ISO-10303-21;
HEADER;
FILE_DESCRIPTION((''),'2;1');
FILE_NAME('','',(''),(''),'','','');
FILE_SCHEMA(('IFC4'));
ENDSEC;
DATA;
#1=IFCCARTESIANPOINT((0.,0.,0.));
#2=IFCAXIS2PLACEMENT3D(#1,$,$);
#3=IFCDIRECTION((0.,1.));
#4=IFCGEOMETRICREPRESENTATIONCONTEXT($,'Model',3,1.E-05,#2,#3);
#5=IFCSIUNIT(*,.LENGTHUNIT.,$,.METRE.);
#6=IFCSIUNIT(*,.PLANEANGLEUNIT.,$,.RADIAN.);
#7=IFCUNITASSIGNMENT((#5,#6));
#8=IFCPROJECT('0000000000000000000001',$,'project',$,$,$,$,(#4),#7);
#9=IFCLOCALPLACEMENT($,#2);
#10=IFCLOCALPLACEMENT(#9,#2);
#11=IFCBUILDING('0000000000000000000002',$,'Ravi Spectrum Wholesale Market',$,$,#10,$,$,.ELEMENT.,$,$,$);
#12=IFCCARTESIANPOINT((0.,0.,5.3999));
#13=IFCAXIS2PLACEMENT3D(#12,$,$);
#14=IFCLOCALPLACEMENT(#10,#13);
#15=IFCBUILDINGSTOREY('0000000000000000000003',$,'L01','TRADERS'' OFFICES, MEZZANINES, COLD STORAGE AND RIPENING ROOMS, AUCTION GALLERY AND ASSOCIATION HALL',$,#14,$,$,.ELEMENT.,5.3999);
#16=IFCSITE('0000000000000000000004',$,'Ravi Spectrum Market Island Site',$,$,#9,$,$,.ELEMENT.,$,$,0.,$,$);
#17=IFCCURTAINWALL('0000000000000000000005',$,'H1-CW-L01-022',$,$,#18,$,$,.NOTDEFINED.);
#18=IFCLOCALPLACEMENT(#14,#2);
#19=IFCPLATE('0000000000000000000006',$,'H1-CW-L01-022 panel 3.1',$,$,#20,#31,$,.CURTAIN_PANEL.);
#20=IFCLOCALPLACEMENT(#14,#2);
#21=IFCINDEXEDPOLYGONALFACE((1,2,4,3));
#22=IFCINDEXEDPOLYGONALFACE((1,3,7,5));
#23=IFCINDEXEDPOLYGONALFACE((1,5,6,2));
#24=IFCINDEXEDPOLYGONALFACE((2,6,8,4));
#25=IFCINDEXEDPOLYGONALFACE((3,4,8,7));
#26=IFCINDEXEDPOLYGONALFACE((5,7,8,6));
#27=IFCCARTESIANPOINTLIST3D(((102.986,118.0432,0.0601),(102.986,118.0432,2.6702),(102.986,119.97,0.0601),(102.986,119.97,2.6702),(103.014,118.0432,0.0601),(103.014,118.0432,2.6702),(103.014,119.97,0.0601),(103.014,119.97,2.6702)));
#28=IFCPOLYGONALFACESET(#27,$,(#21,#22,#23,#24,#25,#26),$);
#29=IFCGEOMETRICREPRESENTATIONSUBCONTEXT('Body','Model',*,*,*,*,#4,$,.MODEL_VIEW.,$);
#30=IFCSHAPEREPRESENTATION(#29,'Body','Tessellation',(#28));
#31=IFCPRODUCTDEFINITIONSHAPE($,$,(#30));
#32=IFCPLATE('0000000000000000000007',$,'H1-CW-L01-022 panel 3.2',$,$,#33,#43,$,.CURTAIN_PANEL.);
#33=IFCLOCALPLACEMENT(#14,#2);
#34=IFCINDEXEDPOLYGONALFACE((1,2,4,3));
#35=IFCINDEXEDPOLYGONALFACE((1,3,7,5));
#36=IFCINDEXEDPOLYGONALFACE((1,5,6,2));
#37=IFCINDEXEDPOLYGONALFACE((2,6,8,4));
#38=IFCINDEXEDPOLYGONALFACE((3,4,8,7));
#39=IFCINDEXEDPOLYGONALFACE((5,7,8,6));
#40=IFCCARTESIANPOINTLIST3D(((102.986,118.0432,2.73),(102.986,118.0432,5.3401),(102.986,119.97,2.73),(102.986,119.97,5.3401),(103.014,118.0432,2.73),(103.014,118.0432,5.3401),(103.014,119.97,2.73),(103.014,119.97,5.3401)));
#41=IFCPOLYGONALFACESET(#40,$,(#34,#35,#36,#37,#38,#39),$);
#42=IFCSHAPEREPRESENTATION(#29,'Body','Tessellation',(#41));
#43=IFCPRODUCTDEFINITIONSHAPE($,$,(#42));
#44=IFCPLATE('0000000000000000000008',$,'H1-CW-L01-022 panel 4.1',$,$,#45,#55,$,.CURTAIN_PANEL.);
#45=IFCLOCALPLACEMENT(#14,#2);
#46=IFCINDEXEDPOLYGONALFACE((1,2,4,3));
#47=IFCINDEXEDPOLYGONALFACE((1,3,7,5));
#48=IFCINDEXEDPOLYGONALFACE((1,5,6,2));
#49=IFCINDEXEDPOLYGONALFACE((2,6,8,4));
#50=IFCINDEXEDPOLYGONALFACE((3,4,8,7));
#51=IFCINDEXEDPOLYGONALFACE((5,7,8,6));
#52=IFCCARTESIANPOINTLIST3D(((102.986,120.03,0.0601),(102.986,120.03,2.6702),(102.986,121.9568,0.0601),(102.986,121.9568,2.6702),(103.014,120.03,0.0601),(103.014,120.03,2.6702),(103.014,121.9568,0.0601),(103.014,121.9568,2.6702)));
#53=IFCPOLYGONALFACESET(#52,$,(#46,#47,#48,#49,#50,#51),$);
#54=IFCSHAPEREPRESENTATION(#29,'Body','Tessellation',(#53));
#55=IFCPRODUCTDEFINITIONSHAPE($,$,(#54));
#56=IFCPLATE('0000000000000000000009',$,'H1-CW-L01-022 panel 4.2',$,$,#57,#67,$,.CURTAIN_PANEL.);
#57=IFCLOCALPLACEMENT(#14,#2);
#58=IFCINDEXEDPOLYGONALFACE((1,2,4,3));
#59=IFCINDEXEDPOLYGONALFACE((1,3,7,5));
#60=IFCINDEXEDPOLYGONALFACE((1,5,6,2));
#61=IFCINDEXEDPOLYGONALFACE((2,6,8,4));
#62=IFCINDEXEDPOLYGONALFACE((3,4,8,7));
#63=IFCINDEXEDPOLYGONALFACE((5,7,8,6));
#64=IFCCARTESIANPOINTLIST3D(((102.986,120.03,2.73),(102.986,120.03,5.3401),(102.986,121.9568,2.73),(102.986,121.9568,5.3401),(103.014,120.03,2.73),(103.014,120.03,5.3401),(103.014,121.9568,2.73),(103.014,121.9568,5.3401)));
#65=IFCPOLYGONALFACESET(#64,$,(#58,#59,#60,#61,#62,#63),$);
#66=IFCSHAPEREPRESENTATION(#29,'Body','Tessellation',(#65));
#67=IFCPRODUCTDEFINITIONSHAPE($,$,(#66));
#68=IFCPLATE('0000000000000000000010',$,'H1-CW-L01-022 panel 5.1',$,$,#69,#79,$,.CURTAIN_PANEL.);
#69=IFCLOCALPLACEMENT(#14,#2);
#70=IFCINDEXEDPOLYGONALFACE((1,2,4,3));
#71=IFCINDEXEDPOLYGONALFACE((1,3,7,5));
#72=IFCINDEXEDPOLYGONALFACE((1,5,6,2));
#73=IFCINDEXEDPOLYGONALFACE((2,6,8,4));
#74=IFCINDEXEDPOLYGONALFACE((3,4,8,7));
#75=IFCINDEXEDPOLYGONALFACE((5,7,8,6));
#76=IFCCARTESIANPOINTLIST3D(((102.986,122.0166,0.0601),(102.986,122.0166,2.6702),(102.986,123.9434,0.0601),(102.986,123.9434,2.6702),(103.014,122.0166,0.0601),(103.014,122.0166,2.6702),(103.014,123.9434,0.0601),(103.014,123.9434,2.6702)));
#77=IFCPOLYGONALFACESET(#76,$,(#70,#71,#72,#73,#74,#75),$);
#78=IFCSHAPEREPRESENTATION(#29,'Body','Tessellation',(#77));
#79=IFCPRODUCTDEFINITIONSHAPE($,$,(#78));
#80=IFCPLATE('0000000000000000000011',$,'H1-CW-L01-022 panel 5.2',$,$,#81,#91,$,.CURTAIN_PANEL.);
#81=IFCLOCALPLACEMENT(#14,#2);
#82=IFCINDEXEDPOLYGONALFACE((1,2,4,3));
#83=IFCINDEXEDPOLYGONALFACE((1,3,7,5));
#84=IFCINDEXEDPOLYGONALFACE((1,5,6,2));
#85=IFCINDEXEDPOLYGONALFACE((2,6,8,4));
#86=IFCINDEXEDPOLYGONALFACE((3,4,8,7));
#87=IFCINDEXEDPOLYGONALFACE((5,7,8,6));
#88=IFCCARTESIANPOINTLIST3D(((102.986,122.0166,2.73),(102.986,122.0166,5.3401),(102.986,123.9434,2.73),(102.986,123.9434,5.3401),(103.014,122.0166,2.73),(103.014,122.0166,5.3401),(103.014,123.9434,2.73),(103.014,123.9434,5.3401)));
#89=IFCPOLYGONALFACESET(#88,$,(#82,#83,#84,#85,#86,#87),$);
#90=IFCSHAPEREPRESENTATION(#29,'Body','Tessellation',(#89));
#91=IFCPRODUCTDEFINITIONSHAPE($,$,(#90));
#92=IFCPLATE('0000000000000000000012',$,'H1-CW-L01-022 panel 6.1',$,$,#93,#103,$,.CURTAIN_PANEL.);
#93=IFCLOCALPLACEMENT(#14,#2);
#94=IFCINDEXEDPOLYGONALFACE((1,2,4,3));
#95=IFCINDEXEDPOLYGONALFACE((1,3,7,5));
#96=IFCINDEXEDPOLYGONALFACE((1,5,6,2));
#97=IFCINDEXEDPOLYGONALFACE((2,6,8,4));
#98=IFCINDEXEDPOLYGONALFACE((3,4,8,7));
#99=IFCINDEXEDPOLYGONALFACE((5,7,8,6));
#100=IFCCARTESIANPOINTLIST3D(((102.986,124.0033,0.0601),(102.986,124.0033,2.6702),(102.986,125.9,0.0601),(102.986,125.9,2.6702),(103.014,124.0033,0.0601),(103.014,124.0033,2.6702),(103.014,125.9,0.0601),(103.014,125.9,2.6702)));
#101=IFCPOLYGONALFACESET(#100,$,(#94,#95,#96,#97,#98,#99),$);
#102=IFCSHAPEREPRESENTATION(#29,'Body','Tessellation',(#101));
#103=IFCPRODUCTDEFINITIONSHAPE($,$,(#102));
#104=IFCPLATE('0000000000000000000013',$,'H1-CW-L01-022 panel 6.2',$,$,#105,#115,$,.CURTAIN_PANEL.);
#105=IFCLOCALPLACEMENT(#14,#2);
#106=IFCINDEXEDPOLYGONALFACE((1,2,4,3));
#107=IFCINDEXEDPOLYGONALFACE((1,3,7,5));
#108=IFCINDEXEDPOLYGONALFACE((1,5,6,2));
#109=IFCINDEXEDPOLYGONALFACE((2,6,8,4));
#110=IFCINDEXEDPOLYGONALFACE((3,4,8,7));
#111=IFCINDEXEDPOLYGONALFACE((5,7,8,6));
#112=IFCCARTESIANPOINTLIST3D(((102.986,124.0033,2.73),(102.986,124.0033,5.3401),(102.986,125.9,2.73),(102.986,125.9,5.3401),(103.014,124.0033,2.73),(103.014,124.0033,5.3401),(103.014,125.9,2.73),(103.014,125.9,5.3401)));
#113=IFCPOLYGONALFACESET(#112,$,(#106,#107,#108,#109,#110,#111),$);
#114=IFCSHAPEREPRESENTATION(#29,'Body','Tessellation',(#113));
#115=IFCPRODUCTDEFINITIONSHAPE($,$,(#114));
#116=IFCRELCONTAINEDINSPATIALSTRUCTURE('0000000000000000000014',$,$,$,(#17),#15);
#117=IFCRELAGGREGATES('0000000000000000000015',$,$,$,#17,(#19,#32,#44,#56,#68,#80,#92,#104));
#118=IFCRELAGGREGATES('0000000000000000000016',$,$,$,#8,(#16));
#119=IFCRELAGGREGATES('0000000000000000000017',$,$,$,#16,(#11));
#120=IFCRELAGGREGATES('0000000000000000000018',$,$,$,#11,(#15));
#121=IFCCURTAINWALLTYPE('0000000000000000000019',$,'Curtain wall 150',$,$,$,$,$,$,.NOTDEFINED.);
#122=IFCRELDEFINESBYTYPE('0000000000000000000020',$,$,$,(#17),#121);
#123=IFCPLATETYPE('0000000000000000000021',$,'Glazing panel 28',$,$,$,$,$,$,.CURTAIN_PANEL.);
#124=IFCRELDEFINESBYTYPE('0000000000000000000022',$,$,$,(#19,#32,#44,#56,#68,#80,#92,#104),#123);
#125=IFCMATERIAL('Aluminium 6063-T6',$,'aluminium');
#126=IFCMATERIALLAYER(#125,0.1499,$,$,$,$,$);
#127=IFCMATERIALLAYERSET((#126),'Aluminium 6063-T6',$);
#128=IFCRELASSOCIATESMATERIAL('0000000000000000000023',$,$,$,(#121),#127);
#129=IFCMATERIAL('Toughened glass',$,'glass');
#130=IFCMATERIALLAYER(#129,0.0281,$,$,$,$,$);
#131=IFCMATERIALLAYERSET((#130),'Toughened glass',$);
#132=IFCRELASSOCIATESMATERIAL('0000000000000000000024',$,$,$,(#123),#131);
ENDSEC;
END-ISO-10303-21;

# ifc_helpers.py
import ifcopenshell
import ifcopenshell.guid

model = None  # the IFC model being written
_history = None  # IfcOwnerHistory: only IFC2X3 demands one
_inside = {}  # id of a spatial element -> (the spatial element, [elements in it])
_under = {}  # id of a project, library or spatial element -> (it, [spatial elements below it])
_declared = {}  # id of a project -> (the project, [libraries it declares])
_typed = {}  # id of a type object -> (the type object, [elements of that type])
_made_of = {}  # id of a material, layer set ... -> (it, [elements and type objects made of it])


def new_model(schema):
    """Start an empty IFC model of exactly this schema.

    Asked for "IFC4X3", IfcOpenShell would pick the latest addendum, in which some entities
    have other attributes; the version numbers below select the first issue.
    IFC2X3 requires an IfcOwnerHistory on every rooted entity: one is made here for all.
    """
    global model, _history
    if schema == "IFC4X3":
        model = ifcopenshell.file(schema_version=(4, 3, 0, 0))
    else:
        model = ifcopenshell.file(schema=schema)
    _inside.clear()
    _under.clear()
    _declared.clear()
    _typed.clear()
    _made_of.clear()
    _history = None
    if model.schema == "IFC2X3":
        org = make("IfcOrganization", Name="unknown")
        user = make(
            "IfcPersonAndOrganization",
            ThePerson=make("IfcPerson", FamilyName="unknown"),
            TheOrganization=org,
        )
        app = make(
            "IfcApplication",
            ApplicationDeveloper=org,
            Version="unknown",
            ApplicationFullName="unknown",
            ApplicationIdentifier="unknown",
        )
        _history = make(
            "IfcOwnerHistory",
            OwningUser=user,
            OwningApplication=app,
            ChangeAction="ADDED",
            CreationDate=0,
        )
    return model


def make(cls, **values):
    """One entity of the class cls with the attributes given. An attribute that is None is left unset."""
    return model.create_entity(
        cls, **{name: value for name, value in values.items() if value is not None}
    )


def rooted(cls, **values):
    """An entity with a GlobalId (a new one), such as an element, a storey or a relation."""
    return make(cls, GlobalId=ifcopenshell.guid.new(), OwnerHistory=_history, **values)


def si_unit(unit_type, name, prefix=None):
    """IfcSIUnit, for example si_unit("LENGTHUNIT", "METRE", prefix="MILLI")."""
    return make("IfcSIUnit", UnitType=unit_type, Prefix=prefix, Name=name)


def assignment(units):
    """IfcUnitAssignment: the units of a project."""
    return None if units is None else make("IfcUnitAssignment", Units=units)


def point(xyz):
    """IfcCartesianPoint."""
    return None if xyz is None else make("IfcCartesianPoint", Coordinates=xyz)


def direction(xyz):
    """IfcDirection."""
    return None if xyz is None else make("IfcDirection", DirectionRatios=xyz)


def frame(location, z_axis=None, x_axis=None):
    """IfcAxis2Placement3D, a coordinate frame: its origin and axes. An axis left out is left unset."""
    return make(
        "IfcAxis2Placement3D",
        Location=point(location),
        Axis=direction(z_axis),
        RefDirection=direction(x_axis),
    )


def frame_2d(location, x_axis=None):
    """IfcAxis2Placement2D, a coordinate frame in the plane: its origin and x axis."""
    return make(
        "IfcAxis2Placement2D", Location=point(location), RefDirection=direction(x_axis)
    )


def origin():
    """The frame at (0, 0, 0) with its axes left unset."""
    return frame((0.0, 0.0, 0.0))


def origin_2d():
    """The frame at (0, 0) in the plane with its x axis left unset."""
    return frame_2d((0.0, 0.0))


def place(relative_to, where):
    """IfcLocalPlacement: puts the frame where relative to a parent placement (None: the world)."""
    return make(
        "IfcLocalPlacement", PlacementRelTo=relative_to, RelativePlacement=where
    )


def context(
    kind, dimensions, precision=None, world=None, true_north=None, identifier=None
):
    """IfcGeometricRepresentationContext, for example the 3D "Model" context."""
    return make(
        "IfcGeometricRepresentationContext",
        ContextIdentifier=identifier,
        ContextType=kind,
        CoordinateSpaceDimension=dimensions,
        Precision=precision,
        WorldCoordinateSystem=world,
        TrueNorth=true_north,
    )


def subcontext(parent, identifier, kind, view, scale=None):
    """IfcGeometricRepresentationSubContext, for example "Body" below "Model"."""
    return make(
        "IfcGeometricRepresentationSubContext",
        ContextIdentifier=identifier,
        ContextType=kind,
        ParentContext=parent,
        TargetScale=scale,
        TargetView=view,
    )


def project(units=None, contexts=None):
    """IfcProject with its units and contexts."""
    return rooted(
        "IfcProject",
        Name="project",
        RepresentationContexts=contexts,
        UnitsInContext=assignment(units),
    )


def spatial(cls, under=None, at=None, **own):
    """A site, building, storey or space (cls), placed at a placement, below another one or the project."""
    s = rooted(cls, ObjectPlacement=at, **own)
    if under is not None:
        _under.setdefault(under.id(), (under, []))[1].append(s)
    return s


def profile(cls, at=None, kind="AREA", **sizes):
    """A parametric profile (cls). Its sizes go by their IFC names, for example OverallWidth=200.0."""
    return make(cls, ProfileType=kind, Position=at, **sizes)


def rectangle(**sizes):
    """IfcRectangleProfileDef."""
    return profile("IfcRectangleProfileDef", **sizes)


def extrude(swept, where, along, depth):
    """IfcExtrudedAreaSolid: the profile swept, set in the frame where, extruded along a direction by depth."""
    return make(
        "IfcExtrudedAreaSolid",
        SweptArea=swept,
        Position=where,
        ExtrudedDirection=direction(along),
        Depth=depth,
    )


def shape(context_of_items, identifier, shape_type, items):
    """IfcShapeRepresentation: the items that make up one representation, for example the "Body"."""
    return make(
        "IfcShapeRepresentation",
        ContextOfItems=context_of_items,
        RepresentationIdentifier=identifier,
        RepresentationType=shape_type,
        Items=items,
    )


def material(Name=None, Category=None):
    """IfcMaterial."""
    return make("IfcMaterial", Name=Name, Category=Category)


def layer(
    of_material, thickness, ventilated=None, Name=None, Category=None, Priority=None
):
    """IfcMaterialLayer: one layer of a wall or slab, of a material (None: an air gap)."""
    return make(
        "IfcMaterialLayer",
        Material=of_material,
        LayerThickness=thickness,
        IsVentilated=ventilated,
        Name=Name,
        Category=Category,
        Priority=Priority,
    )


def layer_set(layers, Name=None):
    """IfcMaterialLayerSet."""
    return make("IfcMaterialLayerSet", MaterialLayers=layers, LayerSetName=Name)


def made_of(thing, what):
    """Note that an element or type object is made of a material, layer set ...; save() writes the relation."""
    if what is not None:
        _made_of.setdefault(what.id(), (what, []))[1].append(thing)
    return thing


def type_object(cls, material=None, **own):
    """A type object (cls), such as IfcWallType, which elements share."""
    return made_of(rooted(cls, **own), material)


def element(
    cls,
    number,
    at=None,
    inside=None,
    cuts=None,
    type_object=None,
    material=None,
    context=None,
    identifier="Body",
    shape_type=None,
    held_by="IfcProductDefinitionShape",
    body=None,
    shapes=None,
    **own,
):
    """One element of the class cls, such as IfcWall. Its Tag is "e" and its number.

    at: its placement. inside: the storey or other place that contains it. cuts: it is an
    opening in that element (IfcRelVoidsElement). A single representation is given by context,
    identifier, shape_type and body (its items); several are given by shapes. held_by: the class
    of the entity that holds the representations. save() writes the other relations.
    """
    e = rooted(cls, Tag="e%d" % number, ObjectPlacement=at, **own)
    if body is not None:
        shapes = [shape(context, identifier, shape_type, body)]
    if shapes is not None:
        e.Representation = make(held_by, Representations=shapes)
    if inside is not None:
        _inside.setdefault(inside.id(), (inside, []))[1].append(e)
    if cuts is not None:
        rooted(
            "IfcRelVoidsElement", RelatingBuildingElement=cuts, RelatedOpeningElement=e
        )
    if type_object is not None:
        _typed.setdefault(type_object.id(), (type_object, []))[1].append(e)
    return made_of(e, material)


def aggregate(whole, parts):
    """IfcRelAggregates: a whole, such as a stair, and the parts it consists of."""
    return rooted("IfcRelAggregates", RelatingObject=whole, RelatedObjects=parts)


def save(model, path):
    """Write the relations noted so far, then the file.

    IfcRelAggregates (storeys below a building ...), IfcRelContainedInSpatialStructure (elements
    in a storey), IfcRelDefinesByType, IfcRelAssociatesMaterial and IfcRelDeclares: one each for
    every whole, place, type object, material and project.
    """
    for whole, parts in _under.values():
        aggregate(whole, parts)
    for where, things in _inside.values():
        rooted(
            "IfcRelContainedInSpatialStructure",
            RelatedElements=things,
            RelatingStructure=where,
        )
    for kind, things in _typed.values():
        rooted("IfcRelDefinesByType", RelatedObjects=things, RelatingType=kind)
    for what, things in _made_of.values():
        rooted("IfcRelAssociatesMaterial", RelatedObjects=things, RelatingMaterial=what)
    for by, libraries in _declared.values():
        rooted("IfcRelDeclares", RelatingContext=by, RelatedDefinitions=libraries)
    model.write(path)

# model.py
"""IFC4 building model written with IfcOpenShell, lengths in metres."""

from ifc_helpers import new_model, si_unit, direction, frame, origin, origin_2d, place, context, subcontext, project, spatial, rectangle, extrude, material, layer, layer_set, type_object, element, aggregate, save


model = new_model("IFC4")

# Units and contexts
model_context = context("Model", 3, precision=1e-05, world=origin(), true_north=direction((0.0, 1.0)))
body_context = subcontext(model_context, "Body", "Model", "MODEL_VIEW")
ifc_project = project(units=[si_unit("LENGTHUNIT", "METRE"), si_unit("PLANEANGLEUNIT", "RADIAN")], contexts=[model_context])

# Site, building, storey
site_placement = place(None, origin())
site = spatial("IfcSite", under=ifc_project, at=site_placement, Name="Ravi Spectrum Market Island Site", CompositionType="ELEMENT", RefElevation=0.0)
building_placement = place(site_placement, origin())
building = spatial("IfcBuilding", under=site, at=building_placement, Name="Ravi Spectrum Wholesale Market", CompositionType="ELEMENT")
storey_placement = place(building_placement, frame((0.0, 0.0, 5.3999)))
storey = spatial("IfcBuildingStorey", under=building, at=storey_placement, Name="L01", Description="TRADERS' OFFICES, MEZZANINES, COLD STORAGE AND RIPENING ROOMS, AUCTION GALLERY AND ASSOCIATION HALL", CompositionType="ELEMENT", Elevation=5.3999)

# Curtain wall
ifc_material_1 = material(Name="Aluminium 6063-T6", Category="aluminium")
ifc_layer_1 = layer(ifc_material_1, 0.1499)
ifc_layer_set_1 = layer_set([ifc_layer_1], Name="Aluminium 6063-T6")
curtain_wall_type = type_object("IfcCurtainWallType", Name="Curtain wall 150", PredefinedType="NOTDEFINED", material=ifc_layer_set_1)
curtain_wall_1_placement = place(storey_placement, origin())
curtain_wall_1 = element("IfcCurtainWall", 1, at=curtain_wall_1_placement, inside=storey, type_object=curtain_wall_type, Name="H1-CW-L01-022", PredefinedType="NOTDEFINED")

# Shared definitions
ifc_material_2 = material(Name="Toughened glass", Category="glass")
ifc_layer_2 = layer(ifc_material_2, 0.0281)
ifc_layer_set_2 = layer_set([ifc_layer_2], Name="Toughened glass")
plate_type = type_object("IfcPlateType", Name="Glazing panel 28", PredefinedType="CURTAIN_PANEL", material=ifc_layer_set_2)

# Plates
plate_1_placement = place(storey_placement, frame((103.0, 119.0066, 0.0601), z_axis=(0.0, 0.0, 1.0), x_axis=(0.0, 1.0, 0.0)))
plate_1 = element("IfcPlate", 2, at=plate_1_placement, type_object=plate_type, Name="H1-CW-L01-022 panel 3.1", PredefinedType="CURTAIN_PANEL", context=body_context, shape_type="SweptSolid", body=[
    extrude(rectangle(XDim=1.9268, YDim=0.0281, at=origin_2d()), origin(), (0.0, 0.0, 1.0), 2.6101),
])
plate_2_placement = place(storey_placement, frame((103.0, 119.0066, 2.73), z_axis=(0.0, 0.0, 1.0), x_axis=(0.0, 1.0, 0.0)))
plate_2 = element("IfcPlate", 3, at=plate_2_placement, type_object=plate_type, Name="H1-CW-L01-022 panel 3.2", PredefinedType="CURTAIN_PANEL", context=body_context, shape_type="SweptSolid", body=[
    extrude(rectangle(XDim=1.9268, YDim=0.0281, at=origin_2d()), origin(), (0.0, 0.0, 1.0), 2.6101),
])
plate_3_placement = place(storey_placement, frame((103.0, 120.9934, 0.0601), z_axis=(0.0, 0.0, 1.0), x_axis=(0.0, 1.0, 0.0)))
plate_3 = element("IfcPlate", 4, at=plate_3_placement, type_object=plate_type, Name="H1-CW-L01-022 panel 4.1", PredefinedType="CURTAIN_PANEL", context=body_context, shape_type="SweptSolid", body=[
    extrude(rectangle(XDim=1.9268, YDim=0.0281, at=origin_2d()), origin(), (0.0, 0.0, 1.0), 2.6101),
])
plate_4_placement = place(storey_placement, frame((103.0, 120.9934, 2.73), z_axis=(0.0, 0.0, 1.0), x_axis=(0.0, 1.0, 0.0)))
plate_4 = element("IfcPlate", 5, at=plate_4_placement, type_object=plate_type, Name="H1-CW-L01-022 panel 4.2", PredefinedType="CURTAIN_PANEL", context=body_context, shape_type="SweptSolid", body=[
    extrude(rectangle(XDim=1.9268, YDim=0.0281, at=origin_2d()), origin(), (0.0, 0.0, 1.0), 2.6101),
])
plate_5_placement = place(storey_placement, frame((103.0, 122.98, 0.0601), z_axis=(0.0, 0.0, 1.0), x_axis=(0.0, 1.0, 0.0)))
plate_5 = element("IfcPlate", 6, at=plate_5_placement, type_object=plate_type, Name="H1-CW-L01-022 panel 5.1", PredefinedType="CURTAIN_PANEL", context=body_context, shape_type="SweptSolid", body=[
    extrude(rectangle(XDim=1.9268, YDim=0.0281, at=origin_2d()), origin(), (0.0, 0.0, 1.0), 2.6101),
])
plate_6_placement = place(storey_placement, frame((103.0, 122.98, 2.73), z_axis=(0.0, 0.0, 1.0), x_axis=(0.0, 1.0, 0.0)))
plate_6 = element("IfcPlate", 7, at=plate_6_placement, type_object=plate_type, Name="H1-CW-L01-022 panel 5.2", PredefinedType="CURTAIN_PANEL", context=body_context, shape_type="SweptSolid", body=[
    extrude(rectangle(XDim=1.9268, YDim=0.0281, at=origin_2d()), origin(), (0.0, 0.0, 1.0), 2.6101),
])
plate_7_placement = place(storey_placement, frame((103.0, 124.9517, 0.0601), z_axis=(0.0, 0.0, 1.0), x_axis=(0.0, 1.0, 0.0)))
plate_7 = element("IfcPlate", 8, at=plate_7_placement, type_object=plate_type, Name="H1-CW-L01-022 panel 6.1", PredefinedType="CURTAIN_PANEL", context=body_context, shape_type="SweptSolid", body=[
    extrude(rectangle(XDim=1.8967, YDim=0.0281, at=origin_2d()), origin(), (0.0, 0.0, 1.0), 2.6101),
])
plate_8_placement = place(storey_placement, frame((103.0, 124.9517, 2.73), z_axis=(0.0, 0.0, 1.0), x_axis=(0.0, 1.0, 0.0)))
plate_8 = element("IfcPlate", 9, at=plate_8_placement, type_object=plate_type, Name="H1-CW-L01-022 panel 6.2", PredefinedType="CURTAIN_PANEL", context=body_context, shape_type="SweptSolid", body=[
    extrude(rectangle(XDim=1.8967, YDim=0.0281, at=origin_2d()), origin(), (0.0, 0.0, 1.0), 2.6101),
])
aggregate(curtain_wall_1, [plate_1, plate_2, plate_3, plate_4, plate_5, plate_6, plate_7, plate_8])

save(model, "model.ifc")
